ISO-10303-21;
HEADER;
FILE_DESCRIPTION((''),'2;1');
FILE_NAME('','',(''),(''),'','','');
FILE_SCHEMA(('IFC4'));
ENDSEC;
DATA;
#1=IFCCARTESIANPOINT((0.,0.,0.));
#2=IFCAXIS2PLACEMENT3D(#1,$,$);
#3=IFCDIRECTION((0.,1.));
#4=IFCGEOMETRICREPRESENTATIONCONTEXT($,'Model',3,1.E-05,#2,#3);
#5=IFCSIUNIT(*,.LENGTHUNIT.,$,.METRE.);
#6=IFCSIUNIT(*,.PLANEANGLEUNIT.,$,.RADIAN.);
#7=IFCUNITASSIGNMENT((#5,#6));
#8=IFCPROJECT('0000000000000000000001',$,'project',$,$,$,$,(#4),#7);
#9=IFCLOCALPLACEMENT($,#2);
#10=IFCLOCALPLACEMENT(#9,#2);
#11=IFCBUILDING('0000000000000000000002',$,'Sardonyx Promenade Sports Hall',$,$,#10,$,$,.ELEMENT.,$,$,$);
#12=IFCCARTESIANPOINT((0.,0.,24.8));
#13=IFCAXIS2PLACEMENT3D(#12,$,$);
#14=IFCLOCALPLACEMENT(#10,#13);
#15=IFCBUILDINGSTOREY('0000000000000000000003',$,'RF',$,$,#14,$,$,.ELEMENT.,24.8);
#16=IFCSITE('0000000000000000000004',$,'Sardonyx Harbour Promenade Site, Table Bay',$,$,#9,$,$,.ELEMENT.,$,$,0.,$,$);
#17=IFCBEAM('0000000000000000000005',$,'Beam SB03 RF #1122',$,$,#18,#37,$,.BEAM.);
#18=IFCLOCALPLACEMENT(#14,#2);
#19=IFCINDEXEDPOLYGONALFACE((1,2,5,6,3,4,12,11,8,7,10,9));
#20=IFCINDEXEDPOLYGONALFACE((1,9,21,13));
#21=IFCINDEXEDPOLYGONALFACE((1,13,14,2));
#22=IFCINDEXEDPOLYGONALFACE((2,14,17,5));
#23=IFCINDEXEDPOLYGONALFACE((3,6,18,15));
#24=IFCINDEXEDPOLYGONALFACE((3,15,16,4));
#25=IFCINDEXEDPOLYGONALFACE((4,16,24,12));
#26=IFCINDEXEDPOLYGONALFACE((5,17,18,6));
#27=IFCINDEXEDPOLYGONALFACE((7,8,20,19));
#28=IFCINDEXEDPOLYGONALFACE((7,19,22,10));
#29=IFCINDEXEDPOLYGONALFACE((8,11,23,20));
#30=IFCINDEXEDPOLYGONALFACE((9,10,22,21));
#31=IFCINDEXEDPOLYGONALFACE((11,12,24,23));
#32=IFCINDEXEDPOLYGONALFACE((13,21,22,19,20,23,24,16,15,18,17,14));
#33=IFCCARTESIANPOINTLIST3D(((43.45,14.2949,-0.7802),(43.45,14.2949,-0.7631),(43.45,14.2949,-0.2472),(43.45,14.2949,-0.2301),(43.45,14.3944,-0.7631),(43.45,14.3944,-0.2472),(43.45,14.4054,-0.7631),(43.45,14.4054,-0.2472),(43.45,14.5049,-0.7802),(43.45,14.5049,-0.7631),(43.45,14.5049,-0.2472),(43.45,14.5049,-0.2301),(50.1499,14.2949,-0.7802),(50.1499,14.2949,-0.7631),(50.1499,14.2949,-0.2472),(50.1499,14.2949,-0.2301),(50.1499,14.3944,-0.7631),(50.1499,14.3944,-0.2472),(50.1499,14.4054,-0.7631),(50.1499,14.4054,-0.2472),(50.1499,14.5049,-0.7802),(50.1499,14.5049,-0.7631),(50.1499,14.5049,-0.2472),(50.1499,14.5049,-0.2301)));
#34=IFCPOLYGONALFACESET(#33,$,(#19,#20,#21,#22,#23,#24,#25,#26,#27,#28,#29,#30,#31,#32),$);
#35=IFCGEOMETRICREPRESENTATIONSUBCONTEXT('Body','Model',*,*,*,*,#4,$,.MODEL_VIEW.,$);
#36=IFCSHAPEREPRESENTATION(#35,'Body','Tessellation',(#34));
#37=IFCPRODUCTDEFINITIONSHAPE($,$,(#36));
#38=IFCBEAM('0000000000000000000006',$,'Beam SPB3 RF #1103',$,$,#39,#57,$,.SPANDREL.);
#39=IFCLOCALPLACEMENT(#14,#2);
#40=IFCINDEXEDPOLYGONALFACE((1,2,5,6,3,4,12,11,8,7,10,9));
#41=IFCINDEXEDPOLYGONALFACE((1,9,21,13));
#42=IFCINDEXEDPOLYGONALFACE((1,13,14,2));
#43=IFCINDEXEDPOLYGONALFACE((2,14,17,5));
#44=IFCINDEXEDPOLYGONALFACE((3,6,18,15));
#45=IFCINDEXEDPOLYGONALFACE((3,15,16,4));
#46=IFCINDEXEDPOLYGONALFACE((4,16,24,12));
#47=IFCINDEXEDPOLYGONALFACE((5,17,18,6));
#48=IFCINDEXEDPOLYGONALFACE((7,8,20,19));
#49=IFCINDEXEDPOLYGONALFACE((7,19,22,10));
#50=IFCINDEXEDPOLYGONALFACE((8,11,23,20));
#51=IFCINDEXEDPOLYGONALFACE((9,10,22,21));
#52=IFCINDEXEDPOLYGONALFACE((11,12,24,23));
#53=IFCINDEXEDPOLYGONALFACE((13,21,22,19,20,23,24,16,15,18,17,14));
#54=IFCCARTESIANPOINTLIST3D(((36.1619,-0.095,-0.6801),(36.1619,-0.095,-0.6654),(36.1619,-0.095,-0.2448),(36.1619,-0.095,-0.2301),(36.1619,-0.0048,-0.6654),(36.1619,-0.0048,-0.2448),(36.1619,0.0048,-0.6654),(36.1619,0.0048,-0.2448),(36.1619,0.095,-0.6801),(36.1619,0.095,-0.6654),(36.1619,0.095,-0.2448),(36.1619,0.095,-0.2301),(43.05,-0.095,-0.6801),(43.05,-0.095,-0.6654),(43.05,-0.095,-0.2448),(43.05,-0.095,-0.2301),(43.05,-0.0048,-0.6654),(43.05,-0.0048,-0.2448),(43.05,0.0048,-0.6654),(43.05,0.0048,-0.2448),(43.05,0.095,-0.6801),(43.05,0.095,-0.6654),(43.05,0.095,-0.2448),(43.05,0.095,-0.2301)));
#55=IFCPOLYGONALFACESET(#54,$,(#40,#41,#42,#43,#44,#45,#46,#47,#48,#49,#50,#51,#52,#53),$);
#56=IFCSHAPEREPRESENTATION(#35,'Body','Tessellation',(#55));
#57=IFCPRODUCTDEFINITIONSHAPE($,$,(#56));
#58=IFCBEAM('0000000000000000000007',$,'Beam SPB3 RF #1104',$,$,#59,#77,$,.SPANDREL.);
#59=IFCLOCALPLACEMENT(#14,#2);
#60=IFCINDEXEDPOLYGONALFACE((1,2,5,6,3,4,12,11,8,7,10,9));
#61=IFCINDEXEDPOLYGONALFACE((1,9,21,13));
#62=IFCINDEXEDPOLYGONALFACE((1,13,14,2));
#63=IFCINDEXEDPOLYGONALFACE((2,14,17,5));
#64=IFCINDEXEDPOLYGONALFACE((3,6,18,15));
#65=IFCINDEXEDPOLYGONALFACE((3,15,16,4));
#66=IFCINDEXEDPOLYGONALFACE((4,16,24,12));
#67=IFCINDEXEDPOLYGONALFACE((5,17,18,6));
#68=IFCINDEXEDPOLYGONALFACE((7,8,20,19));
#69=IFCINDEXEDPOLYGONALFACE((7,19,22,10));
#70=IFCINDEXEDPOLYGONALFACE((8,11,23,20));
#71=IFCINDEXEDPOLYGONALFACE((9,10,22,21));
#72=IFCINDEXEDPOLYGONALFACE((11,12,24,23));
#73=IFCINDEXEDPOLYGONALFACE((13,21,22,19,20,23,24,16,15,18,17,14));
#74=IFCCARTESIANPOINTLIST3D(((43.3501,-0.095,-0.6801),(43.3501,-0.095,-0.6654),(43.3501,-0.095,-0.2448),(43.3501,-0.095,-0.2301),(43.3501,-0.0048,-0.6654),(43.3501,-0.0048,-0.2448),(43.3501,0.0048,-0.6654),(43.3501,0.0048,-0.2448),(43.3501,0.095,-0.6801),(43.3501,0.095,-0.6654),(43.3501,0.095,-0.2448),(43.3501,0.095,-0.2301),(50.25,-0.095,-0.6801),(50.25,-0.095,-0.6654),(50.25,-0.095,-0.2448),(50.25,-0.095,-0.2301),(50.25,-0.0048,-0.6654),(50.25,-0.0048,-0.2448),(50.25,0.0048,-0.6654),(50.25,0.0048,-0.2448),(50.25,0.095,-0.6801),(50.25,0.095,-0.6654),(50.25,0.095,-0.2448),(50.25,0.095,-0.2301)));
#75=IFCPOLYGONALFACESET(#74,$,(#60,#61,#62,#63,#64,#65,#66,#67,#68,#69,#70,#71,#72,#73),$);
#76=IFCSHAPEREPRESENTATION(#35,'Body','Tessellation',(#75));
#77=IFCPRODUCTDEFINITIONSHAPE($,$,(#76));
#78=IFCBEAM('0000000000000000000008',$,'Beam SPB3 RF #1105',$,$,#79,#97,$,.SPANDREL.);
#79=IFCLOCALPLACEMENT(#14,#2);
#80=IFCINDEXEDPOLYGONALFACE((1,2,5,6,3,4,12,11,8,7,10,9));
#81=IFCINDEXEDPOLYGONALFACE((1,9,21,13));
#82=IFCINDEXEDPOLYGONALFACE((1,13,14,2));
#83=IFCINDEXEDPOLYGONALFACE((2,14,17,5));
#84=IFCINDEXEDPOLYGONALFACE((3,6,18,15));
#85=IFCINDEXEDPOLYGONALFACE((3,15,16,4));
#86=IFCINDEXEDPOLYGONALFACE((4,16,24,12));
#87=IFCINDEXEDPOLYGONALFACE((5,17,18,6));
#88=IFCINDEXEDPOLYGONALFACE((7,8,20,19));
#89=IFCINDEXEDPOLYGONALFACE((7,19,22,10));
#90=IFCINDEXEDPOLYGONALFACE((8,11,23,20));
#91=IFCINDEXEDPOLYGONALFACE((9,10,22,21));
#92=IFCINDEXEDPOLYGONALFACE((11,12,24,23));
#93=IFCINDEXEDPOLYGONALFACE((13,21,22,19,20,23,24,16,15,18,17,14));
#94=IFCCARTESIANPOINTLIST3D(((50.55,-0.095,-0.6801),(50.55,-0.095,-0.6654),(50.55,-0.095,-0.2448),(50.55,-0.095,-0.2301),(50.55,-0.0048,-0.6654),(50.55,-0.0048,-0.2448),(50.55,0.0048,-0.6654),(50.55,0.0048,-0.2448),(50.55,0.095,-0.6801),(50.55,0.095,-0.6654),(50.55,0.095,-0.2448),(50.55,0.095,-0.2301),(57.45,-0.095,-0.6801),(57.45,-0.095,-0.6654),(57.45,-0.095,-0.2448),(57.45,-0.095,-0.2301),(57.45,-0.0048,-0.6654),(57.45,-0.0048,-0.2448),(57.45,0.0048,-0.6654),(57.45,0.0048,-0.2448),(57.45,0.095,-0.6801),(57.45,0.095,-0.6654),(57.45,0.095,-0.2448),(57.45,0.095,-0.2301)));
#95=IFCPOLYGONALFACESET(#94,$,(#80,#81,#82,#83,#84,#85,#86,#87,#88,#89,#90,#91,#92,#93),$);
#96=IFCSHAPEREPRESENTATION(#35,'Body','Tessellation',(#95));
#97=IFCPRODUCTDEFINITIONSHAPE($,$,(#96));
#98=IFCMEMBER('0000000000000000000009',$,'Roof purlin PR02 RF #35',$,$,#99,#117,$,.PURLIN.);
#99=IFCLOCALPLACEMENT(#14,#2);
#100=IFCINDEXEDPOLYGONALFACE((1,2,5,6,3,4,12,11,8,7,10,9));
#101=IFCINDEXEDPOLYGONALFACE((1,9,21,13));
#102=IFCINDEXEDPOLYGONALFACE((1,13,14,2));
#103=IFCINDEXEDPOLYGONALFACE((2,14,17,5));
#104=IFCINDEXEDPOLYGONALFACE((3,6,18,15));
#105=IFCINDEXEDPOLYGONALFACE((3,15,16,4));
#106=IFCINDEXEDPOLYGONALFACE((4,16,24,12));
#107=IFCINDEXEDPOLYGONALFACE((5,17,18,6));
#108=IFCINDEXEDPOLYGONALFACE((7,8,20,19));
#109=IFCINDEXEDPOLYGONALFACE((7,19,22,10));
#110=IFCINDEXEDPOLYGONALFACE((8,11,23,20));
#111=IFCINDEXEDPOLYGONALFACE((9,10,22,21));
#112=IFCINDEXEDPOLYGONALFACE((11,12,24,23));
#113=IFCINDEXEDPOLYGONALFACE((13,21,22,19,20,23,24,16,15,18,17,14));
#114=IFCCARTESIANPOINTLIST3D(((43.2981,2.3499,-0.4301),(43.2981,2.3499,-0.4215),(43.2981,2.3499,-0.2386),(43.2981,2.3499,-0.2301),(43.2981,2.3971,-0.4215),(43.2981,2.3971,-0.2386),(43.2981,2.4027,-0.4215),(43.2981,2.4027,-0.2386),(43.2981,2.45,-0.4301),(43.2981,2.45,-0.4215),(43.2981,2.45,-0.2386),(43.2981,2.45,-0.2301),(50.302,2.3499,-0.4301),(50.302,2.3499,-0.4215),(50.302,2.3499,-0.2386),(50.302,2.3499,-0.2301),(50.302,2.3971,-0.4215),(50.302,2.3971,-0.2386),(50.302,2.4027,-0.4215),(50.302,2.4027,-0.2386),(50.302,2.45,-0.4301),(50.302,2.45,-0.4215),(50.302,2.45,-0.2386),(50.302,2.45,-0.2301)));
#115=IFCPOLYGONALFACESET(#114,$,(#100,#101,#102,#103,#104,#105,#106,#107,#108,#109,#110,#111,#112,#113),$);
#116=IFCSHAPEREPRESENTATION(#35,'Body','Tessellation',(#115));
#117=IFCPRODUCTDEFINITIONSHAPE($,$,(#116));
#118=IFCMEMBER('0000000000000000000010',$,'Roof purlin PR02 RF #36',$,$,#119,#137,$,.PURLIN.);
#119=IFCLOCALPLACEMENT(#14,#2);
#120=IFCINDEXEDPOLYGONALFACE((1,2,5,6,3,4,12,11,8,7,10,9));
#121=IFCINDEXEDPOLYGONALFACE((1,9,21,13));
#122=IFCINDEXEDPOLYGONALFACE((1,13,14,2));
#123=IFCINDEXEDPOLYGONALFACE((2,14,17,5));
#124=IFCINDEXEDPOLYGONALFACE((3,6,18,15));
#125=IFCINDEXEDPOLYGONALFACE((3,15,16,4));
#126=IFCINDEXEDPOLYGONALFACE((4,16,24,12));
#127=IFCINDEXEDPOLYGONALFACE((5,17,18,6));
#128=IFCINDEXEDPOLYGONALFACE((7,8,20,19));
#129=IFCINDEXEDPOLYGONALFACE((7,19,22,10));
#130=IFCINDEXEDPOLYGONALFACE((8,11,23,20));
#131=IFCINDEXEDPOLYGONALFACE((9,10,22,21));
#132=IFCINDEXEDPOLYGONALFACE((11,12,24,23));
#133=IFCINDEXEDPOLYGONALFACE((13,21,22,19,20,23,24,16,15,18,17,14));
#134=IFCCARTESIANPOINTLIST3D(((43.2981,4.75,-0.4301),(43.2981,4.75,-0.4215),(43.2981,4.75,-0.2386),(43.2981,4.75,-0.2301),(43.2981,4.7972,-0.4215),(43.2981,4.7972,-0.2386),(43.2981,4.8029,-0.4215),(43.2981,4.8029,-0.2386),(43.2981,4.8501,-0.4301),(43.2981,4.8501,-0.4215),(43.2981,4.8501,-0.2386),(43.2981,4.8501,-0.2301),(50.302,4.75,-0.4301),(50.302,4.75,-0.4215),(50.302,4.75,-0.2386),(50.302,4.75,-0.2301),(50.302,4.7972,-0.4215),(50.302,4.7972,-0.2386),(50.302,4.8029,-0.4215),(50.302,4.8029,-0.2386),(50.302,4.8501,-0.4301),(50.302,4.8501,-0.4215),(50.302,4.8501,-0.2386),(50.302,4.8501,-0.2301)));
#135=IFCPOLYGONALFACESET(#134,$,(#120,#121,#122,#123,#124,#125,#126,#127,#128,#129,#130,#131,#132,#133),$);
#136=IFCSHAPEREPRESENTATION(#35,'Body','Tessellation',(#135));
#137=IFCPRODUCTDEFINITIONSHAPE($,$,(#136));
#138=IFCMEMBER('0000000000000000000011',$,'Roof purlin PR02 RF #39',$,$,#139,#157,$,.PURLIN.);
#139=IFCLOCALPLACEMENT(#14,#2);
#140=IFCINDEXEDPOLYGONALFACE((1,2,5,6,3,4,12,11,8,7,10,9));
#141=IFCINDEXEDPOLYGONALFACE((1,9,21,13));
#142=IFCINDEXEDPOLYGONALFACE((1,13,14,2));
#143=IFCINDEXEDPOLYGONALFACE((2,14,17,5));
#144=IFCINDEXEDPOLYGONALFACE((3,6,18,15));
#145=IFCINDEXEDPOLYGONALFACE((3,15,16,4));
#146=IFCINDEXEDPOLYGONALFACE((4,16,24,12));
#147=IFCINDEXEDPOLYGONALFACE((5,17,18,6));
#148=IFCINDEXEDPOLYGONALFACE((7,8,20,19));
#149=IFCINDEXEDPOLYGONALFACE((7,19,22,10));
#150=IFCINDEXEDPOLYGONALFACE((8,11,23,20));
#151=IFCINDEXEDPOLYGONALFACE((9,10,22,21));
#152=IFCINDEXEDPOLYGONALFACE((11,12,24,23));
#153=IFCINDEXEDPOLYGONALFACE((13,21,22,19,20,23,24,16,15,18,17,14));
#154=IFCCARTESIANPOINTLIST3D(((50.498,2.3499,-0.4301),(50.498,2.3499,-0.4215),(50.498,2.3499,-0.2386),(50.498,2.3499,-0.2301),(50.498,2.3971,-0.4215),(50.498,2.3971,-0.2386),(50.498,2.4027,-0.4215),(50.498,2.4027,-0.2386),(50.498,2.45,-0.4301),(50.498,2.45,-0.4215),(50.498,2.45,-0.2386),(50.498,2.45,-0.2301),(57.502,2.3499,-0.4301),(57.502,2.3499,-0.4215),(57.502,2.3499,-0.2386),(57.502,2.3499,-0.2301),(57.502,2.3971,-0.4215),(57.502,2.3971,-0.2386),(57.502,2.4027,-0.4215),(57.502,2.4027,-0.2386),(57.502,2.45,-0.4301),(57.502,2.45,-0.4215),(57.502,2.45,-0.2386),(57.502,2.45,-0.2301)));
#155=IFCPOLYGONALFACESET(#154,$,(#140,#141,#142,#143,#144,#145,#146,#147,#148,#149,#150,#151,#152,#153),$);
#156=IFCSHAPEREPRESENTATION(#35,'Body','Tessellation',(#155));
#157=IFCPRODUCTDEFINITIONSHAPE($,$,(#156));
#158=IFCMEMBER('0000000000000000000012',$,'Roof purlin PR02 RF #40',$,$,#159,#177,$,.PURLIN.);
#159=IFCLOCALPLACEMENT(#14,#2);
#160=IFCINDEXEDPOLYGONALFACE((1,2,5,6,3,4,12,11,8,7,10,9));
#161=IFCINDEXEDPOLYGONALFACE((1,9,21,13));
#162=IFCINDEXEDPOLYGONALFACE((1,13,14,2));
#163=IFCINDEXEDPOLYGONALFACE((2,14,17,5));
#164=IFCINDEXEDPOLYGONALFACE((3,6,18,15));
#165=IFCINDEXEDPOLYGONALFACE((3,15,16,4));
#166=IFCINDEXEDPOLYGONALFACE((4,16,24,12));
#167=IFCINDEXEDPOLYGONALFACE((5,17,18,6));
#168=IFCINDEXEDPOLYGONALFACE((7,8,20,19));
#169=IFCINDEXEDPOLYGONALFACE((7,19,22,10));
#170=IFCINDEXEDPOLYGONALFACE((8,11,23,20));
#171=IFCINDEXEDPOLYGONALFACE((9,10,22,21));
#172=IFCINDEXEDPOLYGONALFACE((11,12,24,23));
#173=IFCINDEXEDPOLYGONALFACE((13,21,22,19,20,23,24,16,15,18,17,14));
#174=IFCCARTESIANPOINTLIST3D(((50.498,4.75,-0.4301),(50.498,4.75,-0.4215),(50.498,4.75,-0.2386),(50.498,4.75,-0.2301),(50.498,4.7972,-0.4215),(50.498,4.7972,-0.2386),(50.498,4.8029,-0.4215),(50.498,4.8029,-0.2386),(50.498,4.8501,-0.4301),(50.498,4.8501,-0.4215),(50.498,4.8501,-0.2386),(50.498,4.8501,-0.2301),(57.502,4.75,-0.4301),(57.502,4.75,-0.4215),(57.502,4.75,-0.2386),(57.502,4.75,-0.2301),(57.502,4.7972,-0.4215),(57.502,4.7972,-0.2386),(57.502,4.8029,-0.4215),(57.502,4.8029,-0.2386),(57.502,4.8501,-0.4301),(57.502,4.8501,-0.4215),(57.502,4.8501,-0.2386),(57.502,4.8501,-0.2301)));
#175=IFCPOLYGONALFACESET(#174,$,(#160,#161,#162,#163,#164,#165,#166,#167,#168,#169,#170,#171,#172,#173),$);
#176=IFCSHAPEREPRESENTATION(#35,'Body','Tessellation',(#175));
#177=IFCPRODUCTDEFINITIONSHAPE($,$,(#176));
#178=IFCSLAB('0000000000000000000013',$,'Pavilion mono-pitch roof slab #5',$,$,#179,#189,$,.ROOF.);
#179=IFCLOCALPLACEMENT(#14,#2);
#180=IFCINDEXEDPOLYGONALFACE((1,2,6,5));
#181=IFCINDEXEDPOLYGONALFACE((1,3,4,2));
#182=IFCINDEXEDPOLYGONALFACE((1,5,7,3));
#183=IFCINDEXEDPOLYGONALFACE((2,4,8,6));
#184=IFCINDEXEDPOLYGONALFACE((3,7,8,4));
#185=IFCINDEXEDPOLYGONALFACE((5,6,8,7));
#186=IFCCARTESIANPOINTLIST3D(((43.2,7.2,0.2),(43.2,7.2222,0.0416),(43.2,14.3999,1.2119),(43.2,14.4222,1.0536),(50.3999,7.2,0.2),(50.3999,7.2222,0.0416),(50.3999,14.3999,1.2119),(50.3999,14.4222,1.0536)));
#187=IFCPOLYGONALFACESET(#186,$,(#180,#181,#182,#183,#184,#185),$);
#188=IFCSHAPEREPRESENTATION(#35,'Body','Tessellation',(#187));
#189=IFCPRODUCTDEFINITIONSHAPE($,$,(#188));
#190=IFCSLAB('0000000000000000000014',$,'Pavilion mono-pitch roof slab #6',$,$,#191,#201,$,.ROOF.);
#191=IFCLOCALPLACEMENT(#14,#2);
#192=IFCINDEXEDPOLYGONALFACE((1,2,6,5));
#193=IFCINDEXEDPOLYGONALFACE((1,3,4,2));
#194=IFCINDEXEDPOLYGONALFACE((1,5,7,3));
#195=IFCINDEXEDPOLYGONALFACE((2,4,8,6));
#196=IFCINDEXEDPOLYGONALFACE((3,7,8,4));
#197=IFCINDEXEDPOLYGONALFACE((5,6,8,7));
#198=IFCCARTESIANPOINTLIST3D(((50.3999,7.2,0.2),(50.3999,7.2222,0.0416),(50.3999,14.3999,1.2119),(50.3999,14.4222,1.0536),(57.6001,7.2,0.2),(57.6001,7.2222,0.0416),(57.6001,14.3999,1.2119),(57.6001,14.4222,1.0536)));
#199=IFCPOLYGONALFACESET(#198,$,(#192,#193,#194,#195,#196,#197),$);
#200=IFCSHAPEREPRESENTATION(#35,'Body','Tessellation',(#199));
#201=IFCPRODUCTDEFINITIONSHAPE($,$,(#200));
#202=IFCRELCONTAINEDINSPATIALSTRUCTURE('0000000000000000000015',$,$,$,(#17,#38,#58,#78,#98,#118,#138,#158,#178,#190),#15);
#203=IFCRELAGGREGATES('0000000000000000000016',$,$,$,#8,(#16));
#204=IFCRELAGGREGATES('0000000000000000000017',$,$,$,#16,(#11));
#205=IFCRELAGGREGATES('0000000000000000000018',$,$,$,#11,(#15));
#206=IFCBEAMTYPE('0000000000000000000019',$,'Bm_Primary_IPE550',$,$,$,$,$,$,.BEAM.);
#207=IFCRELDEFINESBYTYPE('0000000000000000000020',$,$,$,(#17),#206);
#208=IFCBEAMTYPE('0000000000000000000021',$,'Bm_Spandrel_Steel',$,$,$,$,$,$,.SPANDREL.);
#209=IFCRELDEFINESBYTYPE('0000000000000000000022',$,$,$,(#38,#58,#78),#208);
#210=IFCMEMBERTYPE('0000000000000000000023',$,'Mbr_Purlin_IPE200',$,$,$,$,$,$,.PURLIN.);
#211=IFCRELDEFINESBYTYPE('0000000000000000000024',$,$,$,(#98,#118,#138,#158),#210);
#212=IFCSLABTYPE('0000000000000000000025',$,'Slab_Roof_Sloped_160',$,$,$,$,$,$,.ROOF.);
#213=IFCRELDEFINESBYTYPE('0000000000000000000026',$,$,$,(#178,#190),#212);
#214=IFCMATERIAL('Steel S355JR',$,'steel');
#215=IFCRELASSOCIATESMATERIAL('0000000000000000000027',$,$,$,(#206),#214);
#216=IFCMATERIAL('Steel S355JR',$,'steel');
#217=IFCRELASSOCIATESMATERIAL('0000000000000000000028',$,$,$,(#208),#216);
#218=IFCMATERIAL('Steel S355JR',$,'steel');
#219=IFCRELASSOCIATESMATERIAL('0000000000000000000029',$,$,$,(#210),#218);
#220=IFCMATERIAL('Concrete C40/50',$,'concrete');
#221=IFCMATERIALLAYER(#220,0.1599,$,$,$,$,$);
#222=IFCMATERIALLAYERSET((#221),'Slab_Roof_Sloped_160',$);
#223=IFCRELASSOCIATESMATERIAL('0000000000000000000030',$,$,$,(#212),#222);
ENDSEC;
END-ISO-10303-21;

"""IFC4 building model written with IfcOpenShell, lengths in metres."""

from ifc_helpers import new_model, si_unit, direction, frame, origin, origin_2d, place, context, subcontext, project, spatial, polyline, i_section, outline, extrude, material, layer, layer_set, material_profile, profile_set, type_object, element, save


model = new_model("IFC4")

# Units and contexts
model_context = context("Model", 3, precision=1e-05, world=origin(), true_north=direction((0.0, 1.0)))
body_context = subcontext(model_context, "Body", "Model", "MODEL_VIEW")
ifc_project = project(units=[si_unit("LENGTHUNIT", "METRE"), si_unit("PLANEANGLEUNIT", "RADIAN")], contexts=[model_context])

# Site, building, storey
site_placement = place(None, origin())
site = spatial("IfcSite", under=ifc_project, at=site_placement, Name="Sardonyx Harbour Promenade Site, Table Bay", CompositionType="ELEMENT", RefElevation=0.0)
building_placement = place(site_placement, origin())
building = spatial("IfcBuilding", under=site, at=building_placement, Name="Sardonyx Promenade Sports Hall", CompositionType="ELEMENT")
storey_placement = place(building_placement, frame((0.0, 0.0, 24.8)))
storey = spatial("IfcBuildingStorey", under=building, at=storey_placement, Name="RF", CompositionType="ELEMENT", Elevation=24.8)

# Beams
ifc_material_1 = material(Name="Steel S355JR", Category="steel")
ifc_material_profile_1 = material_profile(ifc_material_1, i_section(OverallWidth=0.21, OverallDepth=0.55, WebThickness=0.011, FlangeThickness=0.0171, at=origin_2d()))
ifc_profile_set_1 = profile_set([ifc_material_profile_1], Name="Steel S355JR")
beam_type_1 = type_object("IfcBeamType", Name="Bm_Primary_IPE550", PredefinedType="BEAM", material=ifc_profile_set_1)
for number, where, z_axis, x_axis, name in (
    (1, (43.45, 14.3999, -0.5051), (1.0, 0.0, 0.0), (0.0, 1.0, 0.0), "Beam SB03 RF #1122"),
):
    element("IfcBeam", number, at=place(storey_placement, frame(where, z_axis=z_axis, x_axis=x_axis)), inside=storey, type_object=beam_type_1, Name=name, PredefinedType="BEAM", context=body_context, shape_type="SweptSolid", body=[
        extrude(i_section(OverallWidth=0.21, OverallDepth=0.55, WebThickness=0.011, FlangeThickness=0.0171, at=origin_2d()), origin(), (0.0, 0.0, 1.0), 6.7),
    ])
ifc_material_2 = material(Name="Steel S355JR", Category="steel")
ifc_material_profile_2 = material_profile(ifc_material_2, i_section(OverallWidth=0.1899, OverallDepth=0.45, WebThickness=0.0095, FlangeThickness=0.0146, at=origin_2d()))
ifc_profile_set_2 = profile_set([ifc_material_profile_2], Name="Steel S355JR")
beam_type_2 = type_object("IfcBeamType", Name="Bm_Spandrel_Steel", PredefinedType="SPANDREL", material=ifc_profile_set_2)
beam_1_placement = place(storey_placement, frame((36.1619, 0.0, -0.4551), z_axis=(1.0, 0.0, 0.0), x_axis=(0.0, 1.0, 0.0)))
element("IfcBeam", 2, at=beam_1_placement, inside=storey, type_object=beam_type_2, Name="Beam SPB3 RF #1103", PredefinedType="SPANDREL", context=body_context, shape_type="SweptSolid", body=[
    extrude(i_section(OverallWidth=0.1899, OverallDepth=0.45, WebThickness=0.0095, FlangeThickness=0.0146, at=origin_2d()), origin(), (0.0, 0.0, 1.0), 6.8882),
])
for number, where, z_axis, x_axis, name in (
    (3, (43.3501, 0.0, -0.4551), (1.0, 0.0, 0.0), (0.0, 1.0, 0.0), "Beam SPB3 RF #1104"),
    (4, (50.55, 0.0, -0.4551), (1.0, 0.0, 0.0), (0.0, 1.0, 0.0), "Beam SPB3 RF #1105"),
):
    element("IfcBeam", number, at=place(storey_placement, frame(where, z_axis=z_axis, x_axis=x_axis)), inside=storey, type_object=beam_type_2, Name=name, PredefinedType="SPANDREL", context=body_context, shape_type="SweptSolid", body=[
        extrude(i_section(OverallWidth=0.1899, OverallDepth=0.45, WebThickness=0.0095, FlangeThickness=0.0146, at=origin_2d()), origin(), (0.0, 0.0, 1.0), 6.8999),
    ])

# Members
ifc_material_3 = material(Name="Steel S355JR", Category="steel")
ifc_material_profile_3 = material_profile(ifc_material_3, i_section(OverallWidth=0.1001, OverallDepth=0.2, WebThickness=0.0056, FlangeThickness=0.0085, at=origin_2d()))
ifc_profile_set_3 = profile_set([ifc_material_profile_3], Name="Steel S355JR")
member_type = type_object("IfcMemberType", Name="Mbr_Purlin_IPE200", PredefinedType="PURLIN", material=ifc_profile_set_3)
for number, where, z_axis, x_axis, name in (
    (5, (43.2981, 2.3999, -0.3301), (1.0, 0.0, 0.0), (0.0, 1.0, 0.0), "Roof purlin PR02 RF #35"),
    (6, (43.2981, 4.8, -0.3301), (1.0, 0.0, 0.0), (0.0, 1.0, 0.0), "Roof purlin PR02 RF #36"),
    (7, (50.498, 2.3999, -0.3301), (1.0, 0.0, 0.0), (0.0, 1.0, 0.0), "Roof purlin PR02 RF #39"),
    (8, (50.498, 4.8, -0.3301), (1.0, 0.0, 0.0), (0.0, 1.0, 0.0), "Roof purlin PR02 RF #40"),
):
    element("IfcMember", number, at=place(storey_placement, frame(where, z_axis=z_axis, x_axis=x_axis)), inside=storey, type_object=member_type, Name=name, PredefinedType="PURLIN", context=body_context, shape_type="SweptSolid", body=[
        extrude(i_section(OverallWidth=0.1001, OverallDepth=0.2, WebThickness=0.0056, FlangeThickness=0.0085, at=origin_2d()), origin(), (0.0, 0.0, 1.0), 7.0039),
    ])

# Slabs
ifc_material_4 = material(Name="Concrete C40/50", Category="concrete")
ifc_layer = layer(ifc_material_4, 0.1599)
ifc_layer_set = layer_set([ifc_layer], Name="Slab_Roof_Sloped_160")
slab_type = type_object("IfcSlabType", Name="Slab_Roof_Sloped_160", PredefinedType="ROOF", material=ifc_layer_set)
slab_1_placement = place(storey_placement, frame((43.2, 7.2, 0.2), z_axis=(0.0, -0.139183, 0.990267), x_axis=(1.0, 0.0, 0.0)))
element("IfcSlab", 9, at=slab_1_placement, inside=storey, type_object=slab_type, Name="Pavilion mono-pitch roof slab #5", PredefinedType="ROOF", context=body_context, shape_type="SweptSolid", body=[
    extrude(outline(polyline([(0.0, 0.0), (7.2, 0.0), (7.2, 7.2707), (0.0, 7.2707), (0.0, 0.0)])), origin(), (0.0, 0.0, -1.0), 0.1599),
])
slab_2_placement = place(storey_placement, frame((50.3999, 7.2, 0.2), z_axis=(0.0, -0.139183, 0.990267), x_axis=(1.0, 0.0, 0.0)))
element("IfcSlab", 10, at=slab_2_placement, inside=storey, type_object=slab_type, Name="Pavilion mono-pitch roof slab #6", PredefinedType="ROOF", context=body_context, shape_type="SweptSolid", body=[
    extrude(outline(polyline([(0.0, 0.0), (7.2002, 0.0), (7.2002, 7.2707), (0.0, 7.2707), (0.0, 0.0)])), origin(), (0.0, 0.0, -1.0), 0.1599),
])

save(model, "model.ifc")
